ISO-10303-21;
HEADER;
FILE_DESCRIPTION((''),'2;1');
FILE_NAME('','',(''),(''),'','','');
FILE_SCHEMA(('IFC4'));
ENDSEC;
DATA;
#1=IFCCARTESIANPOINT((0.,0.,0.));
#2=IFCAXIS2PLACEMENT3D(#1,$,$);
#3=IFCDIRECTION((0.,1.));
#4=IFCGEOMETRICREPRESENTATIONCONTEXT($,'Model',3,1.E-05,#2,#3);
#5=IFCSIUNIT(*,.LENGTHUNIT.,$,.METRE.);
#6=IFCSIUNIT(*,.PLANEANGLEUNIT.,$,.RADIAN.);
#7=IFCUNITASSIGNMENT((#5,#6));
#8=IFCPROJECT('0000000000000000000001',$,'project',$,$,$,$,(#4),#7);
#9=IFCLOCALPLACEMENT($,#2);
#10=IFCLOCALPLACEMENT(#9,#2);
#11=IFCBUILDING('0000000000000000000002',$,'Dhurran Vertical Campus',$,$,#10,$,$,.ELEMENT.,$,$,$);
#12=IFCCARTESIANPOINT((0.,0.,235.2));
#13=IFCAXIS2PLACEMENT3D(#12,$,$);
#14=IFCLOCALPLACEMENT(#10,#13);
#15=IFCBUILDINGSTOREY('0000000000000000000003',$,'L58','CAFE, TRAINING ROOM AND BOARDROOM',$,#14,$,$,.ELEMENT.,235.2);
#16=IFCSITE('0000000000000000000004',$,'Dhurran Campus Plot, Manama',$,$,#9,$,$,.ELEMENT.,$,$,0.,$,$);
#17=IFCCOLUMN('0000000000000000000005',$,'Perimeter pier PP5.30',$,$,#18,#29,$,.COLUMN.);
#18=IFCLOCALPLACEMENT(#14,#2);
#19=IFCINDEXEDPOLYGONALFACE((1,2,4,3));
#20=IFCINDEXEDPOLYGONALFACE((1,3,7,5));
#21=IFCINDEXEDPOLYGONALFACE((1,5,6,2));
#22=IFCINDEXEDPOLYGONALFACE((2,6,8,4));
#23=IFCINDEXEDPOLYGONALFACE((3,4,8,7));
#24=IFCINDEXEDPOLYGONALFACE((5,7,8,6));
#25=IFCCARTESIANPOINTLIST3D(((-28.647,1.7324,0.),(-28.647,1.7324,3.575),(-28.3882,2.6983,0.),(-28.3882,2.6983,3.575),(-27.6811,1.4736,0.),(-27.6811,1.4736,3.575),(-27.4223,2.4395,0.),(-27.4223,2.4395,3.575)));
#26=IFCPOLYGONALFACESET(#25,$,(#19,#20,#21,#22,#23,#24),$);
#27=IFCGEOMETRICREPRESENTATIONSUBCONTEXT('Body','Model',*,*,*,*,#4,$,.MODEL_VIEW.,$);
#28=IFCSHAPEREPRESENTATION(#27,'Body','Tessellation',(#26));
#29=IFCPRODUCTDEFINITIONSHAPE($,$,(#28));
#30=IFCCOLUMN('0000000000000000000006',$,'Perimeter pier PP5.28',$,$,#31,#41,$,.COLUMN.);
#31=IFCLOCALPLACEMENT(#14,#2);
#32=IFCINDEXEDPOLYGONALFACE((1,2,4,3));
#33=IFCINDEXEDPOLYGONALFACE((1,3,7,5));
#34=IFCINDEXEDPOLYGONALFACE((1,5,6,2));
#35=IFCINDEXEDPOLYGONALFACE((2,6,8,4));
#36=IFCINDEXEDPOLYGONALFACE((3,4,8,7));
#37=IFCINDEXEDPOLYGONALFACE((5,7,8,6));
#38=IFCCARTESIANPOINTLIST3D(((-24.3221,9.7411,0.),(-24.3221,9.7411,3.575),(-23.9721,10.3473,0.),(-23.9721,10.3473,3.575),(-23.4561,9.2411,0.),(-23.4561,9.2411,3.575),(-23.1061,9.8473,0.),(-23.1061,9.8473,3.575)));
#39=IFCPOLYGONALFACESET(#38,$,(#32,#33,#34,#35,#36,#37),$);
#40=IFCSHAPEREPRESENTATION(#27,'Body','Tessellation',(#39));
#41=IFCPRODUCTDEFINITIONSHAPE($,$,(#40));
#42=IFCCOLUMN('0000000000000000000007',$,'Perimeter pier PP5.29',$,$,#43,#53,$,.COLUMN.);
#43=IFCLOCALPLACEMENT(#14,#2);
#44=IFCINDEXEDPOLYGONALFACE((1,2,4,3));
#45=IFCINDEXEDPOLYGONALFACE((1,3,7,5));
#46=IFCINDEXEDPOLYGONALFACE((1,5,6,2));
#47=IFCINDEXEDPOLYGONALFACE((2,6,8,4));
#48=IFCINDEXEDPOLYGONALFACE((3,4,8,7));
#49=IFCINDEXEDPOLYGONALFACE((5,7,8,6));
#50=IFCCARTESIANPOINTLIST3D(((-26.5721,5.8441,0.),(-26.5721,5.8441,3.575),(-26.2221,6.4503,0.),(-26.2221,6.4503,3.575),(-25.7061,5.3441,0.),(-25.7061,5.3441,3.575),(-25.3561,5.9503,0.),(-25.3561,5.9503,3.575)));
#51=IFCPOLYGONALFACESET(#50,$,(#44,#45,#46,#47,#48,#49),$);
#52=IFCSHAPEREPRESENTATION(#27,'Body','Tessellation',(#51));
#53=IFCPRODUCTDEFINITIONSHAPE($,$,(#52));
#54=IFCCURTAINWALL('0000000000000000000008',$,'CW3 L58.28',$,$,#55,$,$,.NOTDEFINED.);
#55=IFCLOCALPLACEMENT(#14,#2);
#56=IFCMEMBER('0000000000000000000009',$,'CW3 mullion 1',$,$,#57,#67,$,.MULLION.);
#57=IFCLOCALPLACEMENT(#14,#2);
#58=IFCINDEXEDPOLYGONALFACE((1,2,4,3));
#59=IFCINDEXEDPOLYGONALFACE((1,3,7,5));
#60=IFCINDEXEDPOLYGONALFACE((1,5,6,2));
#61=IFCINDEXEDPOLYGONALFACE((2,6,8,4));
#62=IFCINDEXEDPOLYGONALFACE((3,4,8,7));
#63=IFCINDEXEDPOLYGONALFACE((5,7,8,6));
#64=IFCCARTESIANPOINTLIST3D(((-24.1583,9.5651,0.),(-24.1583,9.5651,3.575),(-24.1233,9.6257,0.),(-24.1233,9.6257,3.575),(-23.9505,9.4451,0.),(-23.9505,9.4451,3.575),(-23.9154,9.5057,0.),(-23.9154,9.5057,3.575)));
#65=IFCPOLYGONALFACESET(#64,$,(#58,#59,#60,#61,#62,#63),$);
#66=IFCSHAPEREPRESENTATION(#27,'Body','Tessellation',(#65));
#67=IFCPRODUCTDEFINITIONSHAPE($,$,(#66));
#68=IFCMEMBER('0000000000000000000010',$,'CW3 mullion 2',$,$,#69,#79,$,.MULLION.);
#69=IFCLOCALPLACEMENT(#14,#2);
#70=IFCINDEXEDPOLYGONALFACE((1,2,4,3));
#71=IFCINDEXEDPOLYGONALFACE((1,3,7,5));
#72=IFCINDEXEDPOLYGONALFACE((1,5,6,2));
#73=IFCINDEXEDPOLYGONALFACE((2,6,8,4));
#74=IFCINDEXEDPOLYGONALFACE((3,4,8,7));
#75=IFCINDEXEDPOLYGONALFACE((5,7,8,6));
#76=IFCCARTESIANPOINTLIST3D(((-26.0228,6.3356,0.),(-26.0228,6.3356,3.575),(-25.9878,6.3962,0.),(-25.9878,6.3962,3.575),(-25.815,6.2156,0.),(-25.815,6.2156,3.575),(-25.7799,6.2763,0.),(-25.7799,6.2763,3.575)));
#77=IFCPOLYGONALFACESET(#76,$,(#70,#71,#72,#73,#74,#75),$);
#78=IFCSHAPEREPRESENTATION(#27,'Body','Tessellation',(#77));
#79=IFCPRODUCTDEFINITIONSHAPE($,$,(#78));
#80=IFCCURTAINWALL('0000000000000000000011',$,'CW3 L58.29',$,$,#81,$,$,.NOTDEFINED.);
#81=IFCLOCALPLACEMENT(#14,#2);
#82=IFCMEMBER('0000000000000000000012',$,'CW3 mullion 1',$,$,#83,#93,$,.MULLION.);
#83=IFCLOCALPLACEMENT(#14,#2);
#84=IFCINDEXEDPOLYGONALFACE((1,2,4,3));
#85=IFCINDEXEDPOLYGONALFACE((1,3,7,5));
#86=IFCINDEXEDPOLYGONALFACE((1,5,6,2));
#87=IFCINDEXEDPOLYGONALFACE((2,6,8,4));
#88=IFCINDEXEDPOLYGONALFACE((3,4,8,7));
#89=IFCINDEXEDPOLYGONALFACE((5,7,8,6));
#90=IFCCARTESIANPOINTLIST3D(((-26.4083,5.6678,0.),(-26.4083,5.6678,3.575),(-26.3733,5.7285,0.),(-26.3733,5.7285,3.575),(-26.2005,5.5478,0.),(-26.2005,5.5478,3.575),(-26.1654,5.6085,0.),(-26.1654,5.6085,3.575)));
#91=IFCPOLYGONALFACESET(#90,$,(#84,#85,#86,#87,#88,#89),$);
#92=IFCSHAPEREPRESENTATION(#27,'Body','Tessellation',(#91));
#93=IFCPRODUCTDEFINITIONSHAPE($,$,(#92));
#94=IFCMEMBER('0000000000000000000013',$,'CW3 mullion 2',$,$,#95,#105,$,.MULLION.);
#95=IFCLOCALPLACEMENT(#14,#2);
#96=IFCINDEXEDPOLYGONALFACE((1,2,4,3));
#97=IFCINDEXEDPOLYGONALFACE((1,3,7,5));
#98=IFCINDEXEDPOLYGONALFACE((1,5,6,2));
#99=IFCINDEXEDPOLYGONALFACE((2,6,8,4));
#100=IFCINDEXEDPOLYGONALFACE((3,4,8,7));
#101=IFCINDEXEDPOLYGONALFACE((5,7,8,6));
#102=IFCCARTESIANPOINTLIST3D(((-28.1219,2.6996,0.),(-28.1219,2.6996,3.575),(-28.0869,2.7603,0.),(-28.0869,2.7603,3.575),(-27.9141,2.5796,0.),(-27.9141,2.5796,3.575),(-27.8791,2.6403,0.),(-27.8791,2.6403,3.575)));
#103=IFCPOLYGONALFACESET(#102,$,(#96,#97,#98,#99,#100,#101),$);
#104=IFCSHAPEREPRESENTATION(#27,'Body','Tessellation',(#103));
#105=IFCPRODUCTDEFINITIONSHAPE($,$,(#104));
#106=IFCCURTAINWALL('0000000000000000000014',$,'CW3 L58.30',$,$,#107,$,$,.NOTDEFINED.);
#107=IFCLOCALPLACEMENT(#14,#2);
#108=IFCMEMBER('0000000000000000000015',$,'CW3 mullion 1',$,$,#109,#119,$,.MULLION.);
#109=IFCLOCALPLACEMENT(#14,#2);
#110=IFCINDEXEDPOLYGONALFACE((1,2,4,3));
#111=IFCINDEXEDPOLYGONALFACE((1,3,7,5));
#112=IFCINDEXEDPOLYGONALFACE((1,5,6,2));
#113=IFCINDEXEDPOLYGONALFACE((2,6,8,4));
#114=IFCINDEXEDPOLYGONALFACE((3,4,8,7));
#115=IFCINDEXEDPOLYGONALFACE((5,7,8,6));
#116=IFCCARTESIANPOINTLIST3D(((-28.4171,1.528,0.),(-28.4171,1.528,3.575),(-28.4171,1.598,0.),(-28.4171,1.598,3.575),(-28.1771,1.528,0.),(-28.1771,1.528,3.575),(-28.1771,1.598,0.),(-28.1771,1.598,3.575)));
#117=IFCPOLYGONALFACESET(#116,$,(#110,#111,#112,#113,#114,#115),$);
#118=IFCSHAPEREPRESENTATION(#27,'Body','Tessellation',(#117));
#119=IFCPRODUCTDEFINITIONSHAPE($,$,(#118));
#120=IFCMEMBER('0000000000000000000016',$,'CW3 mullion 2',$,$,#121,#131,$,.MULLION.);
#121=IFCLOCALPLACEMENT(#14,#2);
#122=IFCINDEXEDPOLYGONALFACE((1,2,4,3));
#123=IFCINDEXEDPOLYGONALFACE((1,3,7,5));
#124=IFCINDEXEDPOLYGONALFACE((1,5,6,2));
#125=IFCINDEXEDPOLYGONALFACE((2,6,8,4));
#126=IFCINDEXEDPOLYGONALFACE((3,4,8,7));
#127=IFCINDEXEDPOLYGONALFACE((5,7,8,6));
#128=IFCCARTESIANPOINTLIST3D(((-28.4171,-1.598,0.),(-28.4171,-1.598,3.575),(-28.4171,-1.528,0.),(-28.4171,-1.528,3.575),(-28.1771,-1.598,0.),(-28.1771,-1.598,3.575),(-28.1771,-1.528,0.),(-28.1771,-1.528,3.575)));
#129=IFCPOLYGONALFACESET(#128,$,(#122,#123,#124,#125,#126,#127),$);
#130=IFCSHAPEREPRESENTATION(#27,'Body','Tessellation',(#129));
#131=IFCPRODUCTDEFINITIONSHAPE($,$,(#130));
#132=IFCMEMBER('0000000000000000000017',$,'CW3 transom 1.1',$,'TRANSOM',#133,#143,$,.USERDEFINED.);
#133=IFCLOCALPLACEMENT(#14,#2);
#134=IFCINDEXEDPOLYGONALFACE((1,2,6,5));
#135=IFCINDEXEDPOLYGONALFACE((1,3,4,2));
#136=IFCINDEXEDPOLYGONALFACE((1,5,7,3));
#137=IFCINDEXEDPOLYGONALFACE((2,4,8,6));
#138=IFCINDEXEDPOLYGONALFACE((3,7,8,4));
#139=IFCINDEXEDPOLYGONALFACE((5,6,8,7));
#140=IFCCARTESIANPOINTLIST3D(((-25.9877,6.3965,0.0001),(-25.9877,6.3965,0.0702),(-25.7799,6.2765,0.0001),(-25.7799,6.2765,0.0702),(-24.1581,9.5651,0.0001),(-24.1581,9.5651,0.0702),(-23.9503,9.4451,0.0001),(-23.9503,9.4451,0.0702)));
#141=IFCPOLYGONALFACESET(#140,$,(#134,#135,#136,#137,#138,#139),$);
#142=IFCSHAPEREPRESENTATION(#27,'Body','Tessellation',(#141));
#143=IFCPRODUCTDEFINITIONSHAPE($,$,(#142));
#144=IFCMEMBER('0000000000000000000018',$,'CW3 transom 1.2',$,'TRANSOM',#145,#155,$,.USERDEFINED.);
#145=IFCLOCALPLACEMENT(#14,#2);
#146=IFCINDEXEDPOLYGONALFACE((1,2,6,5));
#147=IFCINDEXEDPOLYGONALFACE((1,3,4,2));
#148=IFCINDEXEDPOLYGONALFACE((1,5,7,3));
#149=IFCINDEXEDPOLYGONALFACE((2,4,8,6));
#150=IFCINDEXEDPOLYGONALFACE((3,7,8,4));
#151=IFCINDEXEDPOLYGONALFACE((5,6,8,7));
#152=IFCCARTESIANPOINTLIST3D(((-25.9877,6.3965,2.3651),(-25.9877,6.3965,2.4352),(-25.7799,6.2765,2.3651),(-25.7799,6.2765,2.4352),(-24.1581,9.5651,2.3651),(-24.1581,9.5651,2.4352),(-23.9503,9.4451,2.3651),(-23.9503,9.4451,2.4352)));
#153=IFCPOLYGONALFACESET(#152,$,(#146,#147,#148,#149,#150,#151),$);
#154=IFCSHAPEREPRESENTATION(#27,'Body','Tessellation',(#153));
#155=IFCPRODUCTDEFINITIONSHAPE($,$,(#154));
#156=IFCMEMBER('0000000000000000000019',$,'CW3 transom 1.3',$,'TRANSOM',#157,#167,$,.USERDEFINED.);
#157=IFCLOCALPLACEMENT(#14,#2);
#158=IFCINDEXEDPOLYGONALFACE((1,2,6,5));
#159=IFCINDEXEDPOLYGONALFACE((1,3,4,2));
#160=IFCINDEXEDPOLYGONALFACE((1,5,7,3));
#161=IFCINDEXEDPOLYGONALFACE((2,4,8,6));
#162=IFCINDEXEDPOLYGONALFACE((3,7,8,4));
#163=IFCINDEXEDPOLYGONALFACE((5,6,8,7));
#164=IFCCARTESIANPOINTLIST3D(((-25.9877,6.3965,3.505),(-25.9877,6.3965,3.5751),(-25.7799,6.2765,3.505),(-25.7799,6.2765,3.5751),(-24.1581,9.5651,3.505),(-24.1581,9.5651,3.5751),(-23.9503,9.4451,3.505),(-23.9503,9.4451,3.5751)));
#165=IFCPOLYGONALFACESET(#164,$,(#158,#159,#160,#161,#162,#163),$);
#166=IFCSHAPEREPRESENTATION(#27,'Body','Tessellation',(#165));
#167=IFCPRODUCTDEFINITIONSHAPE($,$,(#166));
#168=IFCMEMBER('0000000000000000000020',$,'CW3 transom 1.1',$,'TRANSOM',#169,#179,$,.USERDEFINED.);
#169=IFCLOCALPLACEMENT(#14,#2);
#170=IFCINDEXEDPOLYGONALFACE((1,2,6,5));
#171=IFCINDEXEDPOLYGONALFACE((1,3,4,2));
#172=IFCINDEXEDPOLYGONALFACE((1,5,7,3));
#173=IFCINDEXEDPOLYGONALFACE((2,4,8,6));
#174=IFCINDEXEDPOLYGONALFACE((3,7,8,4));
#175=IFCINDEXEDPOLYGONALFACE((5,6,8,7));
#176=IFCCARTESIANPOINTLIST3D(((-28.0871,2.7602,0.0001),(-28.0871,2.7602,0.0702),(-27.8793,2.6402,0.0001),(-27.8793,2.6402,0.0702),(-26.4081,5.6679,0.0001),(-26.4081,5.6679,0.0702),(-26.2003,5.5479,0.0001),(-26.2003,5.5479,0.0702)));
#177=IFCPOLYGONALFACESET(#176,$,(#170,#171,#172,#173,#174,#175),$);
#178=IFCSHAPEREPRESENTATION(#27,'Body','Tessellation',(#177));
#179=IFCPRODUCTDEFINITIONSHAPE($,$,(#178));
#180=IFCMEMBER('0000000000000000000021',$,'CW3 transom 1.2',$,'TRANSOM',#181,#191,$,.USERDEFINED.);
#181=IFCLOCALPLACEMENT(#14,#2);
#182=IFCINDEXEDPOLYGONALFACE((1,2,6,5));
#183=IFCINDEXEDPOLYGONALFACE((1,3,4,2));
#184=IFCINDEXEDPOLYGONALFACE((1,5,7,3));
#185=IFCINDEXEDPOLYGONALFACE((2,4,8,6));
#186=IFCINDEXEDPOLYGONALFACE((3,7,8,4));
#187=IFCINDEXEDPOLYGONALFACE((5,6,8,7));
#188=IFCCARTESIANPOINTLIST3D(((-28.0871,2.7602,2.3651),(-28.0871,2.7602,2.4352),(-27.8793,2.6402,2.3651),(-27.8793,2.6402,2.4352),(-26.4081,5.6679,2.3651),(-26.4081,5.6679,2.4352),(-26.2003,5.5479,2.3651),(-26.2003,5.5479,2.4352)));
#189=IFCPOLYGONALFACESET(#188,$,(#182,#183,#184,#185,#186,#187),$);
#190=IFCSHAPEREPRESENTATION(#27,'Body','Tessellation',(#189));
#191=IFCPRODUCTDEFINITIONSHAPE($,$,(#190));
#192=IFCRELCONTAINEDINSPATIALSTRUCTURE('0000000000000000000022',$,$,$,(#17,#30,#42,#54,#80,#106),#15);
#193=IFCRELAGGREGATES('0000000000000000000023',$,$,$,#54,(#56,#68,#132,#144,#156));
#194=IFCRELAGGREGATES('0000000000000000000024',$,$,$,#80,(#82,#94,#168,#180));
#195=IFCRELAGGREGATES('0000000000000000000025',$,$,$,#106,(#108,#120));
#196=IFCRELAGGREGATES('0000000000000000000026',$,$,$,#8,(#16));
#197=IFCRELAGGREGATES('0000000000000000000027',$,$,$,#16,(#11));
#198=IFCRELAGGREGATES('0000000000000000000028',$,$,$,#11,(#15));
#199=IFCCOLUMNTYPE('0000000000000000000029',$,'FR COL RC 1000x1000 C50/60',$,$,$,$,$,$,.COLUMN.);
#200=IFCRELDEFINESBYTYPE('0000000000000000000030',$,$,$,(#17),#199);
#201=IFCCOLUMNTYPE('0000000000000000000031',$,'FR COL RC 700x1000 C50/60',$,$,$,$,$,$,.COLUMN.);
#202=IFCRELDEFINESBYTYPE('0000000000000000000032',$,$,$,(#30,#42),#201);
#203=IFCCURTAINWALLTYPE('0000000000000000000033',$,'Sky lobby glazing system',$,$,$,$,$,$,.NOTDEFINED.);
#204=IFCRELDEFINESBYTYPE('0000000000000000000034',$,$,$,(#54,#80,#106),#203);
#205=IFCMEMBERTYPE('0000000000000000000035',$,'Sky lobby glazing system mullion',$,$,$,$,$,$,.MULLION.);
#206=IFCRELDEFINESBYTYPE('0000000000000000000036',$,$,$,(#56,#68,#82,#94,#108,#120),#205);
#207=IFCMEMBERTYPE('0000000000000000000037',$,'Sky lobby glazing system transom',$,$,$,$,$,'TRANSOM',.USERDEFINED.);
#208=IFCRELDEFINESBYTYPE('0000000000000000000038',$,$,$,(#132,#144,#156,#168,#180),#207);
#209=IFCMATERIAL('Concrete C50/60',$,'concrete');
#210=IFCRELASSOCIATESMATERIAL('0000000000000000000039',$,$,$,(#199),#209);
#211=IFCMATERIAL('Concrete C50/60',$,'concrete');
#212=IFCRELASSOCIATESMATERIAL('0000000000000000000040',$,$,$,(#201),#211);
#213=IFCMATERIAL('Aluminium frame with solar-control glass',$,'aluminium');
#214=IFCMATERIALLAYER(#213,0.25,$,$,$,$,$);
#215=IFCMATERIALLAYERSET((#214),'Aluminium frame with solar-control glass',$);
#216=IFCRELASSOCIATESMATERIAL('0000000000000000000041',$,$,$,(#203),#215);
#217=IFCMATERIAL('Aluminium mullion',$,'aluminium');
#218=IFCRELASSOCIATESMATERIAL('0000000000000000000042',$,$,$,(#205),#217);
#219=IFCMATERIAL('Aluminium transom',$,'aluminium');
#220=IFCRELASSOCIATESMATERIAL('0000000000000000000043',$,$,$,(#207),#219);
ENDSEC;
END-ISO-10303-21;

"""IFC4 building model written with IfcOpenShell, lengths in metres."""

from ifc_helpers import new_model, si_unit, direction, frame, origin, origin_2d, place, context, subcontext, project, spatial, rectangle, extrude, material, layer, layer_set, material_profile, profile_set, type_object, element, aggregate, save


model = new_model("IFC4")

# Units and contexts
model_context = context("Model", 3, precision=1e-05, world=origin(), true_north=direction((0.0, 1.0)))
body_context = subcontext(model_context, "Body", "Model", "MODEL_VIEW")
ifc_project = project(units=[si_unit("LENGTHUNIT", "METRE"), si_unit("PLANEANGLEUNIT", "RADIAN")], contexts=[model_context])

# Site, building, storey
site_placement = place(None, origin())
site = spatial("IfcSite", under=ifc_project, at=site_placement, Name="Dhurran Campus Plot, Manama", CompositionType="ELEMENT", RefElevation=0.0)
building_placement = place(site_placement, origin())
building = spatial("IfcBuilding", under=site, at=building_placement, Name="Dhurran Vertical Campus", CompositionType="ELEMENT")
storey_placement = place(building_placement, frame((0.0, 0.0, 235.2)))
storey = spatial("IfcBuildingStorey", under=building, at=storey_placement, Name="L58", Description="CAFE, TRAINING ROOM AND BOARDROOM", CompositionType="ELEMENT", Elevation=235.2)

# Columns
ifc_material_1 = material(Name="Concrete C50/60", Category="concrete")
ifc_material_profile_1 = material_profile(ifc_material_1, rectangle(XDim=1.0, YDim=1.0, at=origin_2d()), Name="RC 1000x1000")
ifc_profile_set_1 = profile_set([ifc_material_profile_1], Name="Concrete C50/60")
column_type_1 = type_object("IfcColumnType", Name="FR COL RC 1000x1000 C50/60", PredefinedType="COLUMN", material=ifc_profile_set_1)
column_placement = place(storey_placement, frame((-28.0347, 2.0859, 0.0), z_axis=(0.0, 0.0, 1.0), x_axis=(-0.258819, -0.965926, 0.0)))
element("IfcColumn", 1, at=column_placement, inside=storey, type_object=column_type_1, Name="Perimeter pier PP5.30", PredefinedType="COLUMN", context=body_context, shape_type="SweptSolid", body=[
    extrude(rectangle(XDim=1.0, YDim=1.0, at=origin_2d()), origin(), (0.0, 0.0, 1.0), 3.575),
])
ifc_material_2 = material(Name="Concrete C50/60", Category="concrete")
ifc_material_profile_2 = material_profile(ifc_material_2, rectangle(XDim=0.7, YDim=1.0, at=origin_2d()), Name="RC 700x1000")
ifc_profile_set_2 = profile_set([ifc_material_profile_2], Name="Concrete C50/60")
column_type_2 = type_object("IfcColumnType", Name="FR COL RC 700x1000 C50/60", PredefinedType="COLUMN", material=ifc_profile_set_2)
for number, where, z_axis, x_axis, name in (
    (2, (-23.7141, 9.7942, 0.0), (0.0, 0.0, 1.0), (-0.5, -0.866025, 0.0), "Perimeter pier PP5.28"),
    (3, (-25.9641, 5.8972, 0.0), (0.0, 0.0, 1.0), (-0.5, -0.866025, 0.0), "Perimeter pier PP5.29"),
):
    element("IfcColumn", number, at=place(storey_placement, frame(where, z_axis=z_axis, x_axis=x_axis)), inside=storey, type_object=column_type_2, Name=name, PredefinedType="COLUMN", context=body_context, shape_type="SweptSolid", body=[
        extrude(rectangle(XDim=0.7, YDim=1.0, at=origin_2d()), origin(), (0.0, 0.0, 1.0), 3.575),
    ])

# Curtain walls, members
ifc_material_3 = material(Name="Aluminium frame with solar-control glass", Category="aluminium")
ifc_layer_1 = layer(ifc_material_3, 0.25)
ifc_layer_set_1 = layer_set([ifc_layer_1], Name="Aluminium frame with solar-control glass")
curtain_wall_type = type_object("IfcCurtainWallType", Name="Sky lobby glazing system", PredefinedType="NOTDEFINED", material=ifc_layer_set_1)
curtain_wall_1_placement = place(storey_placement, origin())
curtain_wall_1 = element("IfcCurtainWall", 4, at=curtain_wall_1_placement, inside=storey, type_object=curtain_wall_type, Name="CW3 L58.28", PredefinedType="NOTDEFINED")
ifc_material_4 = material(Name="Aluminium mullion", Category="aluminium")
ifc_material_profile_3 = material_profile(ifc_material_4, rectangle(XDim=0.24, YDim=0.0701, at=origin_2d()), Name="Sky lobby glazing system mullion")
ifc_profile_set_3 = profile_set([ifc_material_profile_3], Name="Aluminium mullion")
member_type_1 = type_object("IfcMemberType", Name="Sky lobby glazing system mullion", PredefinedType="MULLION", material=ifc_profile_set_3)
member_1_placement = place(storey_placement, frame((-24.0369, 9.5354, 0.0), z_axis=(0.0, 0.0, 1.0), x_axis=(0.866023, -0.500003, 0.0)))
member_1 = element("IfcMember", 5, at=member_1_placement, type_object=member_type_1, Name="CW3 mullion 1", PredefinedType="MULLION", context=body_context, shape_type="SweptSolid", body=[
    extrude(rectangle(XDim=0.24, YDim=0.0701, at=origin_2d()), origin(), (0.0, 0.0, 1.0), 3.575),
])
member_2_placement = place(storey_placement, frame((-25.9014, 6.3059, 0.0), z_axis=(0.0, 0.0, 1.0), x_axis=(0.866023, -0.500003, 0.0)))
member_2 = element("IfcMember", 6, at=member_2_placement, type_object=member_type_1, Name="CW3 mullion 2", PredefinedType="MULLION", context=body_context, shape_type="SweptSolid", body=[
    extrude(rectangle(XDim=0.24, YDim=0.0701, at=origin_2d()), origin(), (0.0, 0.0, 1.0), 3.575),
])
curtain_wall_2_placement = place(storey_placement, origin())
curtain_wall_2 = element("IfcCurtainWall", 7, at=curtain_wall_2_placement, inside=storey, type_object=curtain_wall_type, Name="CW3 L58.29", PredefinedType="NOTDEFINED")
member_3_placement = place(storey_placement, frame((-26.2869, 5.6382, 0.0), z_axis=(0.0, 0.0, 1.0), x_axis=(0.866025, -0.500001, 0.0)))
member_3 = element("IfcMember", 8, at=member_3_placement, type_object=member_type_1, Name="CW3 mullion 1", PredefinedType="MULLION", context=body_context, shape_type="SweptSolid", body=[
    extrude(rectangle(XDim=0.24, YDim=0.0701, at=origin_2d()), origin(), (0.0, 0.0, 1.0), 3.575),
])
member_4_placement = place(storey_placement, frame((-28.0005, 2.6699, 0.0), z_axis=(0.0, 0.0, 1.0), x_axis=(0.866025, -0.500001, 0.0)))
member_4 = element("IfcMember", 9, at=member_4_placement, type_object=member_type_1, Name="CW3 mullion 2", PredefinedType="MULLION", context=body_context, shape_type="SweptSolid", body=[
    extrude(rectangle(XDim=0.24, YDim=0.0701, at=origin_2d()), origin(), (0.0, 0.0, 1.0), 3.575),
])
curtain_wall_3_placement = place(storey_placement, origin())
curtain_wall_3 = element("IfcCurtainWall", 10, at=curtain_wall_3_placement, inside=storey, type_object=curtain_wall_type, Name="CW3 L58.30", PredefinedType="NOTDEFINED")
member_5_placement = place(storey_placement, frame((-28.2971, 1.563, 0.0), z_axis=(0.0, 0.0, 1.0), x_axis=(1.0, 0.0, 0.0)))
member_5 = element("IfcMember", 11, at=member_5_placement, type_object=member_type_1, Name="CW3 mullion 1", PredefinedType="MULLION", context=body_context, shape_type="SweptSolid", body=[
    extrude(rectangle(XDim=0.24, YDim=0.0701, at=origin_2d()), origin(), (0.0, 0.0, 1.0), 3.575),
])
member_6_placement = place(storey_placement, frame((-28.2971, -1.563, 0.0), z_axis=(0.0, 0.0, 1.0), x_axis=(1.0, 0.0, 0.0)))
member_6 = element("IfcMember", 12, at=member_6_placement, type_object=member_type_1, Name="CW3 mullion 2", PredefinedType="MULLION", context=body_context, shape_type="SweptSolid", body=[
    extrude(rectangle(XDim=0.24, YDim=0.0701, at=origin_2d()), origin(), (0.0, 0.0, 1.0), 3.575),
])

# Members
ifc_material_5 = material(Name="Aluminium transom", Category="aluminium")
ifc_material_profile_4 = material_profile(ifc_material_5, rectangle(XDim=0.24, YDim=0.0701, at=origin_2d()), Name="Sky lobby glazing system transom")
ifc_profile_set_4 = profile_set([ifc_material_profile_4], Name="Aluminium transom")
member_type_2 = type_object("IfcMemberType", Name="Sky lobby glazing system transom", ElementType="TRANSOM", PredefinedType="USERDEFINED", material=ifc_profile_set_4)
member_7_placement = place(storey_placement, frame((-24.0542, 9.5051, 0.0352), z_axis=(-0.500029, -0.866009, 0.0), x_axis=(0.866009, -0.500029, 0.0)))
member_7 = element("IfcMember", 13, at=member_7_placement, type_object=member_type_2, Name="CW3 transom 1.1", ObjectType="TRANSOM", PredefinedType="USERDEFINED", context=body_context, shape_type="SweptSolid", body=[
    extrude(rectangle(XDim=0.24, YDim=0.0701, at=origin_2d()), origin(), (0.0, 0.0, 1.0), 3.6589),
])
member_8_placement = place(storey_placement, frame((-24.0542, 9.5051, 2.4001), z_axis=(-0.500029, -0.866009, 0.0), x_axis=(0.866009, -0.500029, 0.0)))
member_8 = element("IfcMember", 14, at=member_8_placement, type_object=member_type_2, Name="CW3 transom 1.2", ObjectType="TRANSOM", PredefinedType="USERDEFINED", context=body_context, shape_type="SweptSolid", body=[
    extrude(rectangle(XDim=0.24, YDim=0.0701, at=origin_2d()), origin(), (0.0, 0.0, 1.0), 3.6589),
])
member_9_placement = place(storey_placement, frame((-24.0542, 9.5051, 3.54), z_axis=(-0.500029, -0.866009, 0.0), x_axis=(0.866009, -0.500029, 0.0)))
member_9 = element("IfcMember", 15, at=member_9_placement, type_object=member_type_2, Name="CW3 transom 1.3", ObjectType="TRANSOM", PredefinedType="USERDEFINED", context=body_context, shape_type="SweptSolid", body=[
    extrude(rectangle(XDim=0.24, YDim=0.0701, at=origin_2d()), origin(), (0.0, 0.0, 1.0), 3.6589),
])
member_10_placement = place(storey_placement, frame((-26.3042, 5.6079, 0.0352), z_axis=(-0.500041, -0.866002, 0.0), x_axis=(0.866002, -0.500041, 0.0)))
member_10 = element("IfcMember", 16, at=member_10_placement, type_object=member_type_2, Name="CW3 transom 1.1", ObjectType="TRANSOM", PredefinedType="USERDEFINED", context=body_context, shape_type="SweptSolid", body=[
    extrude(rectangle(XDim=0.24, YDim=0.0701, at=origin_2d()), origin(), (0.0, 0.0, 1.0), 3.3577),
])
member_11_placement = place(storey_placement, frame((-26.3042, 5.6079, 2.4001), z_axis=(-0.500041, -0.866002, 0.0), x_axis=(0.866002, -0.500041, 0.0)))
member_11 = element("IfcMember", 17, at=member_11_placement, type_object=member_type_2, Name="CW3 transom 1.2", ObjectType="TRANSOM", PredefinedType="USERDEFINED", context=body_context, shape_type="SweptSolid", body=[
    extrude(rectangle(XDim=0.24, YDim=0.0701, at=origin_2d()), origin(), (0.0, 0.0, 1.0), 3.3577),
])

aggregate(curtain_wall_1, [member_1, member_2, member_7, member_8, member_9])
aggregate(curtain_wall_2, [member_3, member_4, member_10, member_11])
aggregate(curtain_wall_3, [member_5, member_6])

save(model, "model.ifc")
